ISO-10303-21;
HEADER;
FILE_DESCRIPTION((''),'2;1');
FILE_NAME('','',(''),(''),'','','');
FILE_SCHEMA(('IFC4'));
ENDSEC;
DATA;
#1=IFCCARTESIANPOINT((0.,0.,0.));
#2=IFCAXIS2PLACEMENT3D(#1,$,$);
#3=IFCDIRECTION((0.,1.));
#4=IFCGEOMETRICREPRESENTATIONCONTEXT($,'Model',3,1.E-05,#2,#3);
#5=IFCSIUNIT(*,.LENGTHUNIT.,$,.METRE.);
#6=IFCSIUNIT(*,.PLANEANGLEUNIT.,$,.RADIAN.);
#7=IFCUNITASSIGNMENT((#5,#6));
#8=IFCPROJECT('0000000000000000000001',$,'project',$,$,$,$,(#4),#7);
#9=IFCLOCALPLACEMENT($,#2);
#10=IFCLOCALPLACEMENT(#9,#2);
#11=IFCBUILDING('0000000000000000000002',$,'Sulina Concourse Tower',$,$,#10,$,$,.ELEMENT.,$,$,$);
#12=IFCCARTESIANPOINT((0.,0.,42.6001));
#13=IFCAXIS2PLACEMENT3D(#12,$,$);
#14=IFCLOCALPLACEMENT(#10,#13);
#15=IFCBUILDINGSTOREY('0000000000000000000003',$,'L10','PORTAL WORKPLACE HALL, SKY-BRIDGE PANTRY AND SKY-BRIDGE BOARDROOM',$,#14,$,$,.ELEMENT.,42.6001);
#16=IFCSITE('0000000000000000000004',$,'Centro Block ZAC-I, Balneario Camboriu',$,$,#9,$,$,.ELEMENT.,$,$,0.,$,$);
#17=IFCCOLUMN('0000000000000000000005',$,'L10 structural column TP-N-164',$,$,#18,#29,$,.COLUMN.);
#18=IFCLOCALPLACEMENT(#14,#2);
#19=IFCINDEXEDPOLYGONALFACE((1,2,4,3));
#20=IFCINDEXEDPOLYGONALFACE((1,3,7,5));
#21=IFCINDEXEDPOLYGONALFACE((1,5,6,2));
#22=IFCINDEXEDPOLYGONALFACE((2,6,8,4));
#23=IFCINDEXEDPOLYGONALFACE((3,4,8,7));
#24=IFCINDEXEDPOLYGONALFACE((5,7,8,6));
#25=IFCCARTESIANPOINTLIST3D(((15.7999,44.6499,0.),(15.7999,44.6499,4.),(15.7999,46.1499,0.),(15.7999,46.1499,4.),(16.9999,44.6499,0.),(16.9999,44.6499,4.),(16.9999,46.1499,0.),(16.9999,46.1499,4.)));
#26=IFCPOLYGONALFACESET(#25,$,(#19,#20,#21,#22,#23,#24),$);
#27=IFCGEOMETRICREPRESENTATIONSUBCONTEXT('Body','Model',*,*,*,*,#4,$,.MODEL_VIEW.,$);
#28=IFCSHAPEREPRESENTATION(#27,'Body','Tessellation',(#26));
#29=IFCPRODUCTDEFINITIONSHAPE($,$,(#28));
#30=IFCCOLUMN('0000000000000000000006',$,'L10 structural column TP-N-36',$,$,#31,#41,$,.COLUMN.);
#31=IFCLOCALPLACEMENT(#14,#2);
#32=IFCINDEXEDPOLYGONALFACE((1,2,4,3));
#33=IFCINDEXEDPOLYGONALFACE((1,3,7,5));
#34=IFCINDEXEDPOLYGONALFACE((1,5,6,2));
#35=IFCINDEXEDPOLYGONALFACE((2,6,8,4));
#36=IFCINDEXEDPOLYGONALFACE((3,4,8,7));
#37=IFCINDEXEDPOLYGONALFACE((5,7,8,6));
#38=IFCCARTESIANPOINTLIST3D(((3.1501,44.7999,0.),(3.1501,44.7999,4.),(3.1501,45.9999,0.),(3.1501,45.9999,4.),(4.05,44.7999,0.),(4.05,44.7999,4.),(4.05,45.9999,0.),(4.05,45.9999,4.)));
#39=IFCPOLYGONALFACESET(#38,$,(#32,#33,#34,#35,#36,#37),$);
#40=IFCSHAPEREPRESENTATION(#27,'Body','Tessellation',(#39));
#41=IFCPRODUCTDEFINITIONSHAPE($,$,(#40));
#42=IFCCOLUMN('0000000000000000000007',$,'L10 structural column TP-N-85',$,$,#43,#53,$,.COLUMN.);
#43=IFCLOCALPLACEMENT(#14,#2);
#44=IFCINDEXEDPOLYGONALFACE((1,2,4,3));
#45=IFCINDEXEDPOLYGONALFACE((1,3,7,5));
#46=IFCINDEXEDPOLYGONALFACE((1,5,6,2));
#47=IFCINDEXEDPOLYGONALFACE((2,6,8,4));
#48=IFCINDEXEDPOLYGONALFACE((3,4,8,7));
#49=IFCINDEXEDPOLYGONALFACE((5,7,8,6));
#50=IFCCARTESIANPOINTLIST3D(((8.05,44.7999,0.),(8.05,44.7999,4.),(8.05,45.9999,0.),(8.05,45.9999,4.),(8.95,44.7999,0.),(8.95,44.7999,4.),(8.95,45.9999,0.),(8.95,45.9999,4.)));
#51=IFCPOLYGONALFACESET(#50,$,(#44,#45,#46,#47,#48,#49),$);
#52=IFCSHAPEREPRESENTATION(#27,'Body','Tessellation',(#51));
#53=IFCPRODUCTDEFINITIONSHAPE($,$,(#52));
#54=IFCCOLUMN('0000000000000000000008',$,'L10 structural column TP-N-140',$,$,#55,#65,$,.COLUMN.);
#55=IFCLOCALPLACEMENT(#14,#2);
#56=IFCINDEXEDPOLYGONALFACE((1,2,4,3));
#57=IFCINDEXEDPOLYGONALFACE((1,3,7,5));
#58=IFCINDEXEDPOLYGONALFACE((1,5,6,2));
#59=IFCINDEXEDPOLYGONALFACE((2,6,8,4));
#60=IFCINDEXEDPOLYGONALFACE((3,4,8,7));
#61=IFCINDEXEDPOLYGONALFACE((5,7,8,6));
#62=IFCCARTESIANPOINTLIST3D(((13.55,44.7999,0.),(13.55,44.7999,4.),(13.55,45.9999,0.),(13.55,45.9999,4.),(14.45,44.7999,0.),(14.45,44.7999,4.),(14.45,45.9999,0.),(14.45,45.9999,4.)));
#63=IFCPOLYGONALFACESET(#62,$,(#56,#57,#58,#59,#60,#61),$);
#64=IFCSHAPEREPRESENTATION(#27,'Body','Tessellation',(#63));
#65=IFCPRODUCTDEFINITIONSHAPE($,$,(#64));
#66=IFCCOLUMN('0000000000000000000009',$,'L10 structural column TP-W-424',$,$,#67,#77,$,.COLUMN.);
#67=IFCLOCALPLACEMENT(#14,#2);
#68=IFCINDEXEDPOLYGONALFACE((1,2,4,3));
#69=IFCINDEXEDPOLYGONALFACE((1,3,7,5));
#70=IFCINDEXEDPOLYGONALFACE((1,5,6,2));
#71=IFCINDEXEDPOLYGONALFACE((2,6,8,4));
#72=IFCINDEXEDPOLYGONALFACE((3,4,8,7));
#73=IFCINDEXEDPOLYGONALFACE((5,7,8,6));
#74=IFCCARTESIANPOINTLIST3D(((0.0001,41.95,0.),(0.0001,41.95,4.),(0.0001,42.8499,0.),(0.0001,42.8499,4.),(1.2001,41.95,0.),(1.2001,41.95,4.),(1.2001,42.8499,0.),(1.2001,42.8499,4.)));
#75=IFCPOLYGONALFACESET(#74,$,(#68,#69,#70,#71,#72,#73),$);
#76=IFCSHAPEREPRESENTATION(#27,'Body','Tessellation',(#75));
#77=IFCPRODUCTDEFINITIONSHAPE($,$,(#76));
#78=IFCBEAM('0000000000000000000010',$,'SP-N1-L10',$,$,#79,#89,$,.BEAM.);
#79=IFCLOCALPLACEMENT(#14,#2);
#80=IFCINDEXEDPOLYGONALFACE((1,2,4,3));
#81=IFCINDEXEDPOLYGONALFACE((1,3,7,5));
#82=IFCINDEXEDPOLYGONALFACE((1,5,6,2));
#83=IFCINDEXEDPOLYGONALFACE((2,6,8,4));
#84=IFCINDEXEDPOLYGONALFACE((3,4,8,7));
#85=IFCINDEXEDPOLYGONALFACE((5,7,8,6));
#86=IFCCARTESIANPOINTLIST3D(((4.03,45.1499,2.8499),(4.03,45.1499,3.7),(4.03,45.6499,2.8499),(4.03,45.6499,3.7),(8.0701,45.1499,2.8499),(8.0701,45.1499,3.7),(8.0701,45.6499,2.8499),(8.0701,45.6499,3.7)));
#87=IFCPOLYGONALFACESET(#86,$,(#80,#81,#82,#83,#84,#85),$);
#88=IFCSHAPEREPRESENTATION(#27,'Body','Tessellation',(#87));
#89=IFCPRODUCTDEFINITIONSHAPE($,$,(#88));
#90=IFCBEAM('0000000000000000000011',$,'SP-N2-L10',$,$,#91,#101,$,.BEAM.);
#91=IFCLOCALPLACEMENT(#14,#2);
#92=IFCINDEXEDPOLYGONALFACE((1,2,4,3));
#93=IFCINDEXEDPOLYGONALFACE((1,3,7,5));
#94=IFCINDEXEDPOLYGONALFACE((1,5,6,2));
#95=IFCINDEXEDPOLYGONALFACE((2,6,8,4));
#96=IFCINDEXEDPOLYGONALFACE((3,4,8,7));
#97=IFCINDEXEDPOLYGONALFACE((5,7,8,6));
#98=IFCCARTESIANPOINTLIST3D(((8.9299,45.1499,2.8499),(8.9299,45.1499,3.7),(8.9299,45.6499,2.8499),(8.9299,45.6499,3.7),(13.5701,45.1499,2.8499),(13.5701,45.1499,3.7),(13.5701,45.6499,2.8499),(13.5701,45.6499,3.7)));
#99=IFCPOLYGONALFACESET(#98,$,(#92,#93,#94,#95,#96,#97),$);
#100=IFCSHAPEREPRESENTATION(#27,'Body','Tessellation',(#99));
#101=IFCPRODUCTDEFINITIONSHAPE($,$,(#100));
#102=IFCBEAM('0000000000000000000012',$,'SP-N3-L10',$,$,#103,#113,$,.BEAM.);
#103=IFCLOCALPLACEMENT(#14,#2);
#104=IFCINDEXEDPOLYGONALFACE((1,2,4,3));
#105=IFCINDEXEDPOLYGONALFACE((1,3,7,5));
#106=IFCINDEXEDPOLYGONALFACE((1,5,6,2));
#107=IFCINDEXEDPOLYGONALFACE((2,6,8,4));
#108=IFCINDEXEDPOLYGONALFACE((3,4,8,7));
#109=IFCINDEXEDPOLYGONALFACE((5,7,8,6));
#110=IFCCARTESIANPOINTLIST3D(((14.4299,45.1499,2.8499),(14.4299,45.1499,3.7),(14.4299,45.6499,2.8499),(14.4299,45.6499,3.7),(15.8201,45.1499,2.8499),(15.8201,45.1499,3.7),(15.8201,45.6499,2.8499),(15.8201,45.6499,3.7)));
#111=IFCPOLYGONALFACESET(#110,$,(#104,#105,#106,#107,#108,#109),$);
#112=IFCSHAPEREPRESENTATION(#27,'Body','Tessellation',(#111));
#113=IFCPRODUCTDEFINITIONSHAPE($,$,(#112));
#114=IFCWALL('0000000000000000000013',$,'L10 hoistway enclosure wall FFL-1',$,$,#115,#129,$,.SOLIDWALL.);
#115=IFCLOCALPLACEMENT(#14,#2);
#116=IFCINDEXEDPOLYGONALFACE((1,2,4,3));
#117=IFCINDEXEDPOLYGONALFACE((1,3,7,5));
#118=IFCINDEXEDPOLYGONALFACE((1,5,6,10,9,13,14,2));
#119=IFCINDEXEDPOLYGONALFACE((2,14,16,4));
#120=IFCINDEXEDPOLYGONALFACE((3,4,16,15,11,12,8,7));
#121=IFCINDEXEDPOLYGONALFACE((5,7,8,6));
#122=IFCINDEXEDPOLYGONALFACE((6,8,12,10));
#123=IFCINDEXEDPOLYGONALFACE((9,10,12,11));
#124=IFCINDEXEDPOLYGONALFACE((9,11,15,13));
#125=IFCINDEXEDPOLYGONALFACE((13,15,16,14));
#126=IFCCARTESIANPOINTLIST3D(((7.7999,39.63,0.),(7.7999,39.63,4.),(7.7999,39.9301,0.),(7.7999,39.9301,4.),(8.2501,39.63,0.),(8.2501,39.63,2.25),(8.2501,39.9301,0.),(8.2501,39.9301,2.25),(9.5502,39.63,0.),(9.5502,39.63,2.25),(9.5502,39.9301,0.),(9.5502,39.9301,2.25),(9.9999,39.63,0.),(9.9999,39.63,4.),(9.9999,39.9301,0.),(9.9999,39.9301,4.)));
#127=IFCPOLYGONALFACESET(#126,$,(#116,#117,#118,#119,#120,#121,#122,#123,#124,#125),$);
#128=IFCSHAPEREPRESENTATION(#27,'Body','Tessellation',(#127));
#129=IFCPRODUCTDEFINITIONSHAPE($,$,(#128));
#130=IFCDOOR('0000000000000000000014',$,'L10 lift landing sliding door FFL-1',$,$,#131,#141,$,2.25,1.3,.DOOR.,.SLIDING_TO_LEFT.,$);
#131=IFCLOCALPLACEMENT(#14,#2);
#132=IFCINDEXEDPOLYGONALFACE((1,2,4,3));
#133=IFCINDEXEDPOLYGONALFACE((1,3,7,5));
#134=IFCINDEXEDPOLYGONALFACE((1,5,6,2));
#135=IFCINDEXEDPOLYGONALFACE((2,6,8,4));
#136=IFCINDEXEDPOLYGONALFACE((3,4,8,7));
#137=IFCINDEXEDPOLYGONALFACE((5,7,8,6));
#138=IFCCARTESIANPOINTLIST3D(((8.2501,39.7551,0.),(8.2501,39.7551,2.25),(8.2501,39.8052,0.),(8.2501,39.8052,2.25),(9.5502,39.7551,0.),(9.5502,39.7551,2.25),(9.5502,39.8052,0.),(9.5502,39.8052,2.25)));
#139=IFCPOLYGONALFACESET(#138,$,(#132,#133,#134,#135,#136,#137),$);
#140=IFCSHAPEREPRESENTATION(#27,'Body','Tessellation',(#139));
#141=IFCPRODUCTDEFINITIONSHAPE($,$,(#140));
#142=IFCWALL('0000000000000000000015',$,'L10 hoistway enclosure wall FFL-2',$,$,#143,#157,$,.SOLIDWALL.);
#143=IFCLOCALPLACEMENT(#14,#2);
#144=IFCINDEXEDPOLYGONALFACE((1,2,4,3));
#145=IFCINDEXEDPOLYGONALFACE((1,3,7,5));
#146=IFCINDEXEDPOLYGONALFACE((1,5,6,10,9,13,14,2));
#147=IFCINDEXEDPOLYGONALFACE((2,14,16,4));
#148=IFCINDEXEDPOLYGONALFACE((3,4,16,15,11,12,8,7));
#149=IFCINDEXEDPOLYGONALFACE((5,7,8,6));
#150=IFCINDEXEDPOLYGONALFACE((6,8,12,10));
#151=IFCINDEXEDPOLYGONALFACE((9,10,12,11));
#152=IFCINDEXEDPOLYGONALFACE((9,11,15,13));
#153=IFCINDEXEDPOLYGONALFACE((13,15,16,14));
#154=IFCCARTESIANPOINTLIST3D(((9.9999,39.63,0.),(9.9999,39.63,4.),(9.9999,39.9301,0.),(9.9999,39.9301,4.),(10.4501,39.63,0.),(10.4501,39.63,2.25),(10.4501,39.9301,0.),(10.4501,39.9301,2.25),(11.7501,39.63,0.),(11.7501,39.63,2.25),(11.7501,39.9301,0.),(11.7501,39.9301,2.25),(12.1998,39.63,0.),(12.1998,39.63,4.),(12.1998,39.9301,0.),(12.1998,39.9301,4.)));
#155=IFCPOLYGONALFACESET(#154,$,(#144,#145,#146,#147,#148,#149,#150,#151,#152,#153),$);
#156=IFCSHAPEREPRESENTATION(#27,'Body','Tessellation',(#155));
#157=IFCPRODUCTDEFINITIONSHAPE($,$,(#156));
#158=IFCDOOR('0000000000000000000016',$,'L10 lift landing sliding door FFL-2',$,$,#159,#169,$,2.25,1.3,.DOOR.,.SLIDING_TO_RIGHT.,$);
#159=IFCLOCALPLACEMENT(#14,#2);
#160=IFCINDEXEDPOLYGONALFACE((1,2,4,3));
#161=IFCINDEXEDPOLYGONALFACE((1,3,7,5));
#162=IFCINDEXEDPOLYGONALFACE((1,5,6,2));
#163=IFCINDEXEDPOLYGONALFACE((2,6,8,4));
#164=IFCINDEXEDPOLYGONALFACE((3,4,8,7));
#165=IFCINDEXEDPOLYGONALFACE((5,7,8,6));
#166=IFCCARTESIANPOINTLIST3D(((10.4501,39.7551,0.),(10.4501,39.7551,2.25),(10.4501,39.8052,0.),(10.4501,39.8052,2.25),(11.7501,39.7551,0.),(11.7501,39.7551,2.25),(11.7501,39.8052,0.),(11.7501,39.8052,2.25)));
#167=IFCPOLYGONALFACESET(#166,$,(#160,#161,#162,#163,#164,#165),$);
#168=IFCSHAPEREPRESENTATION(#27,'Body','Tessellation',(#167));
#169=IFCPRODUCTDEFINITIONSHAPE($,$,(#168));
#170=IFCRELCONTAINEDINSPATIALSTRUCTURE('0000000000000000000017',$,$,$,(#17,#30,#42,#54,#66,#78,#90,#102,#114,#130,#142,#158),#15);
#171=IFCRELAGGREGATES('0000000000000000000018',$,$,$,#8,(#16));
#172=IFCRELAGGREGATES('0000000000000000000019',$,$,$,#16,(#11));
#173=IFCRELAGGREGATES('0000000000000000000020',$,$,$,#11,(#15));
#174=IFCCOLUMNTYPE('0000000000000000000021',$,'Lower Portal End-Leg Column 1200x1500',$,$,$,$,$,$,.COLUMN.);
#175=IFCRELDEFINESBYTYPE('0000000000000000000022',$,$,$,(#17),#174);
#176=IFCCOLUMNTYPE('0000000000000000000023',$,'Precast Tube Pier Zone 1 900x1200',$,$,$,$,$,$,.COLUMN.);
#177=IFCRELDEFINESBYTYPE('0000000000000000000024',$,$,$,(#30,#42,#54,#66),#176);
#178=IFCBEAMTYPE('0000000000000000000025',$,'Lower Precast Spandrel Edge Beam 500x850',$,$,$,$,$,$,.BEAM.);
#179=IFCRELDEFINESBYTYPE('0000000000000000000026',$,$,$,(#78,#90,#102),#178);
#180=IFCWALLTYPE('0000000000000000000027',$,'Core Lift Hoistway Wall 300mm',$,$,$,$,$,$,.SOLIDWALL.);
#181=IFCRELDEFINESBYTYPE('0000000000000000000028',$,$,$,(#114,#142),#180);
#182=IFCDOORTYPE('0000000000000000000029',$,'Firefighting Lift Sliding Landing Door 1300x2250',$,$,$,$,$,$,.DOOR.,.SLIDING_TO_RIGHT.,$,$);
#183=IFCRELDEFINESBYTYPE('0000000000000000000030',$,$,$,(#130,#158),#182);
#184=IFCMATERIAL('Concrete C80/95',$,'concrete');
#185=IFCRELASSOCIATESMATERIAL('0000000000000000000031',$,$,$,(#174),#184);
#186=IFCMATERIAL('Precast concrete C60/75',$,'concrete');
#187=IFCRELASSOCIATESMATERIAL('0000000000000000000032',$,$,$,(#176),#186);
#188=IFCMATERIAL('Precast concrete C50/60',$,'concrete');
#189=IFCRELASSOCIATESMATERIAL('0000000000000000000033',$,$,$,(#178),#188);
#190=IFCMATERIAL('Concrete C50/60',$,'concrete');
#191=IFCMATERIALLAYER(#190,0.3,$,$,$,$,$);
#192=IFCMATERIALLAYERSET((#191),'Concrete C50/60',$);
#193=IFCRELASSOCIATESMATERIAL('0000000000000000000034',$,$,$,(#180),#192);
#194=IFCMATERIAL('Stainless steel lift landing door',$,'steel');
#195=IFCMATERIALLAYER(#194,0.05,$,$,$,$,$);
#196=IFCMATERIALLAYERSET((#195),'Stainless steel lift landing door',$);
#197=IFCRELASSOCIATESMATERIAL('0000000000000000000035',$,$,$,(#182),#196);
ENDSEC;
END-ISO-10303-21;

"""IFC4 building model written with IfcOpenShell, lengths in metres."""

from ifc_helpers import new_model, si_unit, direction, frame, frame_2d, origin, origin_2d, place, context, subcontext, project, spatial, rectangle, extrude, material, layer, layer_set, material_profile, profile_set, type_object, element, fill, save


model = new_model("IFC4")

# Units and contexts
model_context = context("Model", 3, precision=1e-05, world=origin(), true_north=direction((0.0, 1.0)))
body_context = subcontext(model_context, "Body", "Model", "MODEL_VIEW")
ifc_project = project(units=[si_unit("LENGTHUNIT", "METRE"), si_unit("PLANEANGLEUNIT", "RADIAN")], contexts=[model_context])

# Site, building, storey
site_placement = place(None, origin())
site = spatial("IfcSite", under=ifc_project, at=site_placement, Name="Centro Block ZAC-I, Balneario Camboriu", CompositionType="ELEMENT", RefElevation=0.0)
building_placement = place(site_placement, origin())
building = spatial("IfcBuilding", under=site, at=building_placement, Name="Sulina Concourse Tower", CompositionType="ELEMENT")
storey_placement = place(building_placement, frame((0.0, 0.0, 42.6001)))
storey = spatial("IfcBuildingStorey", under=building, at=storey_placement, Name="L10", Description="PORTAL WORKPLACE HALL, SKY-BRIDGE PANTRY AND SKY-BRIDGE BOARDROOM", CompositionType="ELEMENT", Elevation=42.6001)

# Columns
ifc_material_1 = material(Name="Concrete C80/95", Category="concrete")
ifc_material_profile_1 = material_profile(ifc_material_1, rectangle(XDim=1.2, YDim=1.5, at=origin_2d()), Name="RC 1200x1500")
ifc_profile_set_1 = profile_set([ifc_material_profile_1], Name="Concrete C80/95")
column_type_1 = type_object("IfcColumnType", Name="Lower Portal End-Leg Column 1200x1500", PredefinedType="COLUMN", material=ifc_profile_set_1)
column_placement = place(storey_placement, frame((16.3999, 45.3999, 0.0), z_axis=(0.0, 0.0, 1.0), x_axis=(1.0, 0.0, 0.0)))
element("IfcColumn", 1, at=column_placement, inside=storey, type_object=column_type_1, Name="L10 structural column TP-N-164", PredefinedType="COLUMN", context=body_context, shape_type="SweptSolid", body=[
    extrude(rectangle(XDim=1.2, YDim=1.5, at=origin_2d()), origin(), (0.0, 0.0, 1.0), 4.0),
])
ifc_material_2 = material(Name="Precast concrete C60/75", Category="concrete")
ifc_material_profile_2 = material_profile(ifc_material_2, rectangle(XDim=0.8999, YDim=1.2, at=origin_2d()), Name="PC 900x1200")
ifc_profile_set_2 = profile_set([ifc_material_profile_2], Name="Precast concrete C60/75")
column_type_2 = type_object("IfcColumnType", Name="Precast Tube Pier Zone 1 900x1200", PredefinedType="COLUMN", material=ifc_profile_set_2)
for number, where, z_axis, x_axis, name in (
    (2, (3.6001, 45.3999, 0.0), (0.0, 0.0, 1.0), (1.0, 0.0, 0.0), "L10 structural column TP-N-36"),
    (3, (8.5, 45.3999, 0.0), (0.0, 0.0, 1.0), (1.0, 0.0, 0.0), "L10 structural column TP-N-85"),
    (4, (14.0, 45.3999, 0.0), (0.0, 0.0, 1.0), (1.0, 0.0, 0.0), "L10 structural column TP-N-140"),
    (5, (0.6001, 42.3999, 0.0), (0.0, 0.0, 1.0), (0.0, 1.0, 0.0), "L10 structural column TP-W-424"),
):
    element("IfcColumn", number, at=place(storey_placement, frame(where, z_axis=z_axis, x_axis=x_axis)), inside=storey, type_object=column_type_2, Name=name, PredefinedType="COLUMN", context=body_context, shape_type="SweptSolid", body=[
        extrude(rectangle(XDim=0.8999, YDim=1.2, at=origin_2d()), origin(), (0.0, 0.0, 1.0), 4.0),
    ])

# Beams
ifc_material_3 = material(Name="Precast concrete C50/60", Category="concrete")
ifc_material_profile_3 = material_profile(ifc_material_3, rectangle(XDim=0.5, YDim=0.8501, at=origin_2d()), Name="RC 500x850")
ifc_profile_set_3 = profile_set([ifc_material_profile_3], Name="Precast concrete C50/60")
beam_type = type_object("IfcBeamType", Name="Lower Precast Spandrel Edge Beam 500x850", PredefinedType="BEAM", material=ifc_profile_set_3)
beam_1_placement = place(storey_placement, frame((4.03, 45.3999, 3.2749), z_axis=(1.0, 0.0, 0.0), x_axis=(0.0, 1.0, 0.0)))
element("IfcBeam", 6, at=beam_1_placement, inside=storey, type_object=beam_type, Name="SP-N1-L10", PredefinedType="BEAM", context=body_context, shape_type="SweptSolid", body=[
    extrude(rectangle(XDim=0.5, YDim=0.8501, at=origin_2d()), origin(), (0.0, 0.0, 1.0), 4.04),
])
beam_2_placement = place(storey_placement, frame((8.9299, 45.3999, 3.2749), z_axis=(1.0, 0.0, 0.0), x_axis=(0.0, 1.0, 0.0)))
element("IfcBeam", 7, at=beam_2_placement, inside=storey, type_object=beam_type, Name="SP-N2-L10", PredefinedType="BEAM", context=body_context, shape_type="SweptSolid", body=[
    extrude(rectangle(XDim=0.5, YDim=0.8501, at=origin_2d()), origin(), (0.0, 0.0, 1.0), 4.6401),
])
beam_3_placement = place(storey_placement, frame((14.4299, 45.3999, 3.2749), z_axis=(1.0, 0.0, 0.0), x_axis=(0.0, 1.0, 0.0)))
element("IfcBeam", 8, at=beam_3_placement, inside=storey, type_object=beam_type, Name="SP-N3-L10", PredefinedType="BEAM", context=body_context, shape_type="SweptSolid", body=[
    extrude(rectangle(XDim=0.5, YDim=0.8501, at=origin_2d()), origin(), (0.0, 0.0, 1.0), 1.3901),
])

# Walls, openings, doors
ifc_material_4 = material(Name="Concrete C50/60", Category="concrete")
ifc_layer_1 = layer(ifc_material_4, 0.3)
ifc_layer_set_1 = layer_set([ifc_layer_1], Name="Concrete C50/60")
wall_type_1 = type_object("IfcWallType", Name="Core Lift Hoistway Wall 300mm", PredefinedType="SOLIDWALL", material=ifc_layer_set_1)
wall_1_placement = place(storey_placement, frame((10.0, 39.78, 0.0), z_axis=(0.0, 0.0, 1.0), x_axis=(-1.0, 0.0, 0.0)))
wall_1 = element("IfcWall", 9, at=wall_1_placement, inside=storey, type_object=wall_type_1, Name="L10 hoistway enclosure wall FFL-1", PredefinedType="SOLIDWALL", context=body_context, shape_type="SweptSolid", body=[
    extrude(rectangle(XDim=2.2, YDim=0.3, at=frame_2d((1.1001, 0.0))), origin(), (0.0, 0.0, 1.0), 4.0),
])
opening_1_placement = place(wall_1_placement, frame((0.45, 0.0, 0.0)))
opening_1 = element("IfcOpeningElement", 10, at=opening_1_placement, cuts=wall_1, PredefinedType="OPENING", context=body_context, shape_type="SweptSolid", body=[
    extrude(rectangle(XDim=1.3, YDim=2.25, at=frame_2d((0.6499, 1.125))), frame((0.0, 0.1599, 0.0), z_axis=(0.0, -1.0, 0.0), x_axis=(1.0, 0.0, 0.0)), (0.0, 0.0, 1.0), 0.3201),
])
ifc_material_5 = material(Name="Stainless steel lift landing door", Category="steel")
ifc_layer_2 = layer(ifc_material_5, 0.05)
ifc_layer_set_2 = layer_set([ifc_layer_2], Name="Stainless steel lift landing door")
door_type_1 = type_object("IfcDoorType", Name="Firefighting Lift Sliding Landing Door 1300x2250", OperationType="SLIDING_TO_RIGHT", PredefinedType="DOOR", material=ifc_layer_set_2)
door_1_placement = place(opening_1_placement, origin())
door_1 = element("IfcDoor", 11, at=door_1_placement, inside=storey, type_object=door_type_1, Name="L10 lift landing sliding door FFL-1", OperationType="SLIDING_TO_LEFT", OverallHeight=2.25, OverallWidth=1.3, PredefinedType="DOOR", context=body_context, shape_type="SweptSolid", body=[
    extrude(rectangle(XDim=1.3, YDim=2.25, at=frame_2d((0.6499, 1.125))), frame((0.0, 0.0249, 0.0), z_axis=(0.0, -1.0, 0.0), x_axis=(1.0, 0.0, 0.0)), (0.0, 0.0, 1.0), 0.05),
])
fill(opening_1, door_1)
wall_2_placement = place(storey_placement, frame((12.2, 39.78, 0.0), z_axis=(0.0, 0.0, 1.0), x_axis=(-1.0, 0.0, 0.0)))
wall_2 = element("IfcWall", 12, at=wall_2_placement, inside=storey, type_object=wall_type_1, Name="L10 hoistway enclosure wall FFL-2", PredefinedType="SOLIDWALL", context=body_context, shape_type="SweptSolid", body=[
    extrude(rectangle(XDim=2.2, YDim=0.3, at=frame_2d((1.1001, 0.0))), origin(), (0.0, 0.0, 1.0), 4.0),
])
opening_2_placement = place(wall_2_placement, frame((0.45, 0.0, 0.0)))
opening_2 = element("IfcOpeningElement", 13, at=opening_2_placement, cuts=wall_2, PredefinedType="OPENING", context=body_context, shape_type="SweptSolid", body=[
    extrude(rectangle(XDim=1.3, YDim=2.25, at=frame_2d((0.6499, 1.125))), frame((0.0, 0.1599, 0.0), z_axis=(0.0, -1.0, 0.0), x_axis=(1.0, 0.0, 0.0)), (0.0, 0.0, 1.0), 0.3201),
])
door_2_placement = place(opening_2_placement, origin())
door_2 = element("IfcDoor", 14, at=door_2_placement, inside=storey, type_object=door_type_1, Name="L10 lift landing sliding door FFL-2", OperationType="SLIDING_TO_RIGHT", OverallHeight=2.25, OverallWidth=1.3, PredefinedType="DOOR", context=body_context, shape_type="SweptSolid", body=[
    extrude(rectangle(XDim=1.3, YDim=2.25, at=frame_2d((0.6499, 1.125))), frame((0.0, 0.0249, 0.0), z_axis=(0.0, -1.0, 0.0), x_axis=(1.0, 0.0, 0.0)), (0.0, 0.0, 1.0), 0.05),
])
fill(opening_2, door_2)

save(model, "model.ifc")
